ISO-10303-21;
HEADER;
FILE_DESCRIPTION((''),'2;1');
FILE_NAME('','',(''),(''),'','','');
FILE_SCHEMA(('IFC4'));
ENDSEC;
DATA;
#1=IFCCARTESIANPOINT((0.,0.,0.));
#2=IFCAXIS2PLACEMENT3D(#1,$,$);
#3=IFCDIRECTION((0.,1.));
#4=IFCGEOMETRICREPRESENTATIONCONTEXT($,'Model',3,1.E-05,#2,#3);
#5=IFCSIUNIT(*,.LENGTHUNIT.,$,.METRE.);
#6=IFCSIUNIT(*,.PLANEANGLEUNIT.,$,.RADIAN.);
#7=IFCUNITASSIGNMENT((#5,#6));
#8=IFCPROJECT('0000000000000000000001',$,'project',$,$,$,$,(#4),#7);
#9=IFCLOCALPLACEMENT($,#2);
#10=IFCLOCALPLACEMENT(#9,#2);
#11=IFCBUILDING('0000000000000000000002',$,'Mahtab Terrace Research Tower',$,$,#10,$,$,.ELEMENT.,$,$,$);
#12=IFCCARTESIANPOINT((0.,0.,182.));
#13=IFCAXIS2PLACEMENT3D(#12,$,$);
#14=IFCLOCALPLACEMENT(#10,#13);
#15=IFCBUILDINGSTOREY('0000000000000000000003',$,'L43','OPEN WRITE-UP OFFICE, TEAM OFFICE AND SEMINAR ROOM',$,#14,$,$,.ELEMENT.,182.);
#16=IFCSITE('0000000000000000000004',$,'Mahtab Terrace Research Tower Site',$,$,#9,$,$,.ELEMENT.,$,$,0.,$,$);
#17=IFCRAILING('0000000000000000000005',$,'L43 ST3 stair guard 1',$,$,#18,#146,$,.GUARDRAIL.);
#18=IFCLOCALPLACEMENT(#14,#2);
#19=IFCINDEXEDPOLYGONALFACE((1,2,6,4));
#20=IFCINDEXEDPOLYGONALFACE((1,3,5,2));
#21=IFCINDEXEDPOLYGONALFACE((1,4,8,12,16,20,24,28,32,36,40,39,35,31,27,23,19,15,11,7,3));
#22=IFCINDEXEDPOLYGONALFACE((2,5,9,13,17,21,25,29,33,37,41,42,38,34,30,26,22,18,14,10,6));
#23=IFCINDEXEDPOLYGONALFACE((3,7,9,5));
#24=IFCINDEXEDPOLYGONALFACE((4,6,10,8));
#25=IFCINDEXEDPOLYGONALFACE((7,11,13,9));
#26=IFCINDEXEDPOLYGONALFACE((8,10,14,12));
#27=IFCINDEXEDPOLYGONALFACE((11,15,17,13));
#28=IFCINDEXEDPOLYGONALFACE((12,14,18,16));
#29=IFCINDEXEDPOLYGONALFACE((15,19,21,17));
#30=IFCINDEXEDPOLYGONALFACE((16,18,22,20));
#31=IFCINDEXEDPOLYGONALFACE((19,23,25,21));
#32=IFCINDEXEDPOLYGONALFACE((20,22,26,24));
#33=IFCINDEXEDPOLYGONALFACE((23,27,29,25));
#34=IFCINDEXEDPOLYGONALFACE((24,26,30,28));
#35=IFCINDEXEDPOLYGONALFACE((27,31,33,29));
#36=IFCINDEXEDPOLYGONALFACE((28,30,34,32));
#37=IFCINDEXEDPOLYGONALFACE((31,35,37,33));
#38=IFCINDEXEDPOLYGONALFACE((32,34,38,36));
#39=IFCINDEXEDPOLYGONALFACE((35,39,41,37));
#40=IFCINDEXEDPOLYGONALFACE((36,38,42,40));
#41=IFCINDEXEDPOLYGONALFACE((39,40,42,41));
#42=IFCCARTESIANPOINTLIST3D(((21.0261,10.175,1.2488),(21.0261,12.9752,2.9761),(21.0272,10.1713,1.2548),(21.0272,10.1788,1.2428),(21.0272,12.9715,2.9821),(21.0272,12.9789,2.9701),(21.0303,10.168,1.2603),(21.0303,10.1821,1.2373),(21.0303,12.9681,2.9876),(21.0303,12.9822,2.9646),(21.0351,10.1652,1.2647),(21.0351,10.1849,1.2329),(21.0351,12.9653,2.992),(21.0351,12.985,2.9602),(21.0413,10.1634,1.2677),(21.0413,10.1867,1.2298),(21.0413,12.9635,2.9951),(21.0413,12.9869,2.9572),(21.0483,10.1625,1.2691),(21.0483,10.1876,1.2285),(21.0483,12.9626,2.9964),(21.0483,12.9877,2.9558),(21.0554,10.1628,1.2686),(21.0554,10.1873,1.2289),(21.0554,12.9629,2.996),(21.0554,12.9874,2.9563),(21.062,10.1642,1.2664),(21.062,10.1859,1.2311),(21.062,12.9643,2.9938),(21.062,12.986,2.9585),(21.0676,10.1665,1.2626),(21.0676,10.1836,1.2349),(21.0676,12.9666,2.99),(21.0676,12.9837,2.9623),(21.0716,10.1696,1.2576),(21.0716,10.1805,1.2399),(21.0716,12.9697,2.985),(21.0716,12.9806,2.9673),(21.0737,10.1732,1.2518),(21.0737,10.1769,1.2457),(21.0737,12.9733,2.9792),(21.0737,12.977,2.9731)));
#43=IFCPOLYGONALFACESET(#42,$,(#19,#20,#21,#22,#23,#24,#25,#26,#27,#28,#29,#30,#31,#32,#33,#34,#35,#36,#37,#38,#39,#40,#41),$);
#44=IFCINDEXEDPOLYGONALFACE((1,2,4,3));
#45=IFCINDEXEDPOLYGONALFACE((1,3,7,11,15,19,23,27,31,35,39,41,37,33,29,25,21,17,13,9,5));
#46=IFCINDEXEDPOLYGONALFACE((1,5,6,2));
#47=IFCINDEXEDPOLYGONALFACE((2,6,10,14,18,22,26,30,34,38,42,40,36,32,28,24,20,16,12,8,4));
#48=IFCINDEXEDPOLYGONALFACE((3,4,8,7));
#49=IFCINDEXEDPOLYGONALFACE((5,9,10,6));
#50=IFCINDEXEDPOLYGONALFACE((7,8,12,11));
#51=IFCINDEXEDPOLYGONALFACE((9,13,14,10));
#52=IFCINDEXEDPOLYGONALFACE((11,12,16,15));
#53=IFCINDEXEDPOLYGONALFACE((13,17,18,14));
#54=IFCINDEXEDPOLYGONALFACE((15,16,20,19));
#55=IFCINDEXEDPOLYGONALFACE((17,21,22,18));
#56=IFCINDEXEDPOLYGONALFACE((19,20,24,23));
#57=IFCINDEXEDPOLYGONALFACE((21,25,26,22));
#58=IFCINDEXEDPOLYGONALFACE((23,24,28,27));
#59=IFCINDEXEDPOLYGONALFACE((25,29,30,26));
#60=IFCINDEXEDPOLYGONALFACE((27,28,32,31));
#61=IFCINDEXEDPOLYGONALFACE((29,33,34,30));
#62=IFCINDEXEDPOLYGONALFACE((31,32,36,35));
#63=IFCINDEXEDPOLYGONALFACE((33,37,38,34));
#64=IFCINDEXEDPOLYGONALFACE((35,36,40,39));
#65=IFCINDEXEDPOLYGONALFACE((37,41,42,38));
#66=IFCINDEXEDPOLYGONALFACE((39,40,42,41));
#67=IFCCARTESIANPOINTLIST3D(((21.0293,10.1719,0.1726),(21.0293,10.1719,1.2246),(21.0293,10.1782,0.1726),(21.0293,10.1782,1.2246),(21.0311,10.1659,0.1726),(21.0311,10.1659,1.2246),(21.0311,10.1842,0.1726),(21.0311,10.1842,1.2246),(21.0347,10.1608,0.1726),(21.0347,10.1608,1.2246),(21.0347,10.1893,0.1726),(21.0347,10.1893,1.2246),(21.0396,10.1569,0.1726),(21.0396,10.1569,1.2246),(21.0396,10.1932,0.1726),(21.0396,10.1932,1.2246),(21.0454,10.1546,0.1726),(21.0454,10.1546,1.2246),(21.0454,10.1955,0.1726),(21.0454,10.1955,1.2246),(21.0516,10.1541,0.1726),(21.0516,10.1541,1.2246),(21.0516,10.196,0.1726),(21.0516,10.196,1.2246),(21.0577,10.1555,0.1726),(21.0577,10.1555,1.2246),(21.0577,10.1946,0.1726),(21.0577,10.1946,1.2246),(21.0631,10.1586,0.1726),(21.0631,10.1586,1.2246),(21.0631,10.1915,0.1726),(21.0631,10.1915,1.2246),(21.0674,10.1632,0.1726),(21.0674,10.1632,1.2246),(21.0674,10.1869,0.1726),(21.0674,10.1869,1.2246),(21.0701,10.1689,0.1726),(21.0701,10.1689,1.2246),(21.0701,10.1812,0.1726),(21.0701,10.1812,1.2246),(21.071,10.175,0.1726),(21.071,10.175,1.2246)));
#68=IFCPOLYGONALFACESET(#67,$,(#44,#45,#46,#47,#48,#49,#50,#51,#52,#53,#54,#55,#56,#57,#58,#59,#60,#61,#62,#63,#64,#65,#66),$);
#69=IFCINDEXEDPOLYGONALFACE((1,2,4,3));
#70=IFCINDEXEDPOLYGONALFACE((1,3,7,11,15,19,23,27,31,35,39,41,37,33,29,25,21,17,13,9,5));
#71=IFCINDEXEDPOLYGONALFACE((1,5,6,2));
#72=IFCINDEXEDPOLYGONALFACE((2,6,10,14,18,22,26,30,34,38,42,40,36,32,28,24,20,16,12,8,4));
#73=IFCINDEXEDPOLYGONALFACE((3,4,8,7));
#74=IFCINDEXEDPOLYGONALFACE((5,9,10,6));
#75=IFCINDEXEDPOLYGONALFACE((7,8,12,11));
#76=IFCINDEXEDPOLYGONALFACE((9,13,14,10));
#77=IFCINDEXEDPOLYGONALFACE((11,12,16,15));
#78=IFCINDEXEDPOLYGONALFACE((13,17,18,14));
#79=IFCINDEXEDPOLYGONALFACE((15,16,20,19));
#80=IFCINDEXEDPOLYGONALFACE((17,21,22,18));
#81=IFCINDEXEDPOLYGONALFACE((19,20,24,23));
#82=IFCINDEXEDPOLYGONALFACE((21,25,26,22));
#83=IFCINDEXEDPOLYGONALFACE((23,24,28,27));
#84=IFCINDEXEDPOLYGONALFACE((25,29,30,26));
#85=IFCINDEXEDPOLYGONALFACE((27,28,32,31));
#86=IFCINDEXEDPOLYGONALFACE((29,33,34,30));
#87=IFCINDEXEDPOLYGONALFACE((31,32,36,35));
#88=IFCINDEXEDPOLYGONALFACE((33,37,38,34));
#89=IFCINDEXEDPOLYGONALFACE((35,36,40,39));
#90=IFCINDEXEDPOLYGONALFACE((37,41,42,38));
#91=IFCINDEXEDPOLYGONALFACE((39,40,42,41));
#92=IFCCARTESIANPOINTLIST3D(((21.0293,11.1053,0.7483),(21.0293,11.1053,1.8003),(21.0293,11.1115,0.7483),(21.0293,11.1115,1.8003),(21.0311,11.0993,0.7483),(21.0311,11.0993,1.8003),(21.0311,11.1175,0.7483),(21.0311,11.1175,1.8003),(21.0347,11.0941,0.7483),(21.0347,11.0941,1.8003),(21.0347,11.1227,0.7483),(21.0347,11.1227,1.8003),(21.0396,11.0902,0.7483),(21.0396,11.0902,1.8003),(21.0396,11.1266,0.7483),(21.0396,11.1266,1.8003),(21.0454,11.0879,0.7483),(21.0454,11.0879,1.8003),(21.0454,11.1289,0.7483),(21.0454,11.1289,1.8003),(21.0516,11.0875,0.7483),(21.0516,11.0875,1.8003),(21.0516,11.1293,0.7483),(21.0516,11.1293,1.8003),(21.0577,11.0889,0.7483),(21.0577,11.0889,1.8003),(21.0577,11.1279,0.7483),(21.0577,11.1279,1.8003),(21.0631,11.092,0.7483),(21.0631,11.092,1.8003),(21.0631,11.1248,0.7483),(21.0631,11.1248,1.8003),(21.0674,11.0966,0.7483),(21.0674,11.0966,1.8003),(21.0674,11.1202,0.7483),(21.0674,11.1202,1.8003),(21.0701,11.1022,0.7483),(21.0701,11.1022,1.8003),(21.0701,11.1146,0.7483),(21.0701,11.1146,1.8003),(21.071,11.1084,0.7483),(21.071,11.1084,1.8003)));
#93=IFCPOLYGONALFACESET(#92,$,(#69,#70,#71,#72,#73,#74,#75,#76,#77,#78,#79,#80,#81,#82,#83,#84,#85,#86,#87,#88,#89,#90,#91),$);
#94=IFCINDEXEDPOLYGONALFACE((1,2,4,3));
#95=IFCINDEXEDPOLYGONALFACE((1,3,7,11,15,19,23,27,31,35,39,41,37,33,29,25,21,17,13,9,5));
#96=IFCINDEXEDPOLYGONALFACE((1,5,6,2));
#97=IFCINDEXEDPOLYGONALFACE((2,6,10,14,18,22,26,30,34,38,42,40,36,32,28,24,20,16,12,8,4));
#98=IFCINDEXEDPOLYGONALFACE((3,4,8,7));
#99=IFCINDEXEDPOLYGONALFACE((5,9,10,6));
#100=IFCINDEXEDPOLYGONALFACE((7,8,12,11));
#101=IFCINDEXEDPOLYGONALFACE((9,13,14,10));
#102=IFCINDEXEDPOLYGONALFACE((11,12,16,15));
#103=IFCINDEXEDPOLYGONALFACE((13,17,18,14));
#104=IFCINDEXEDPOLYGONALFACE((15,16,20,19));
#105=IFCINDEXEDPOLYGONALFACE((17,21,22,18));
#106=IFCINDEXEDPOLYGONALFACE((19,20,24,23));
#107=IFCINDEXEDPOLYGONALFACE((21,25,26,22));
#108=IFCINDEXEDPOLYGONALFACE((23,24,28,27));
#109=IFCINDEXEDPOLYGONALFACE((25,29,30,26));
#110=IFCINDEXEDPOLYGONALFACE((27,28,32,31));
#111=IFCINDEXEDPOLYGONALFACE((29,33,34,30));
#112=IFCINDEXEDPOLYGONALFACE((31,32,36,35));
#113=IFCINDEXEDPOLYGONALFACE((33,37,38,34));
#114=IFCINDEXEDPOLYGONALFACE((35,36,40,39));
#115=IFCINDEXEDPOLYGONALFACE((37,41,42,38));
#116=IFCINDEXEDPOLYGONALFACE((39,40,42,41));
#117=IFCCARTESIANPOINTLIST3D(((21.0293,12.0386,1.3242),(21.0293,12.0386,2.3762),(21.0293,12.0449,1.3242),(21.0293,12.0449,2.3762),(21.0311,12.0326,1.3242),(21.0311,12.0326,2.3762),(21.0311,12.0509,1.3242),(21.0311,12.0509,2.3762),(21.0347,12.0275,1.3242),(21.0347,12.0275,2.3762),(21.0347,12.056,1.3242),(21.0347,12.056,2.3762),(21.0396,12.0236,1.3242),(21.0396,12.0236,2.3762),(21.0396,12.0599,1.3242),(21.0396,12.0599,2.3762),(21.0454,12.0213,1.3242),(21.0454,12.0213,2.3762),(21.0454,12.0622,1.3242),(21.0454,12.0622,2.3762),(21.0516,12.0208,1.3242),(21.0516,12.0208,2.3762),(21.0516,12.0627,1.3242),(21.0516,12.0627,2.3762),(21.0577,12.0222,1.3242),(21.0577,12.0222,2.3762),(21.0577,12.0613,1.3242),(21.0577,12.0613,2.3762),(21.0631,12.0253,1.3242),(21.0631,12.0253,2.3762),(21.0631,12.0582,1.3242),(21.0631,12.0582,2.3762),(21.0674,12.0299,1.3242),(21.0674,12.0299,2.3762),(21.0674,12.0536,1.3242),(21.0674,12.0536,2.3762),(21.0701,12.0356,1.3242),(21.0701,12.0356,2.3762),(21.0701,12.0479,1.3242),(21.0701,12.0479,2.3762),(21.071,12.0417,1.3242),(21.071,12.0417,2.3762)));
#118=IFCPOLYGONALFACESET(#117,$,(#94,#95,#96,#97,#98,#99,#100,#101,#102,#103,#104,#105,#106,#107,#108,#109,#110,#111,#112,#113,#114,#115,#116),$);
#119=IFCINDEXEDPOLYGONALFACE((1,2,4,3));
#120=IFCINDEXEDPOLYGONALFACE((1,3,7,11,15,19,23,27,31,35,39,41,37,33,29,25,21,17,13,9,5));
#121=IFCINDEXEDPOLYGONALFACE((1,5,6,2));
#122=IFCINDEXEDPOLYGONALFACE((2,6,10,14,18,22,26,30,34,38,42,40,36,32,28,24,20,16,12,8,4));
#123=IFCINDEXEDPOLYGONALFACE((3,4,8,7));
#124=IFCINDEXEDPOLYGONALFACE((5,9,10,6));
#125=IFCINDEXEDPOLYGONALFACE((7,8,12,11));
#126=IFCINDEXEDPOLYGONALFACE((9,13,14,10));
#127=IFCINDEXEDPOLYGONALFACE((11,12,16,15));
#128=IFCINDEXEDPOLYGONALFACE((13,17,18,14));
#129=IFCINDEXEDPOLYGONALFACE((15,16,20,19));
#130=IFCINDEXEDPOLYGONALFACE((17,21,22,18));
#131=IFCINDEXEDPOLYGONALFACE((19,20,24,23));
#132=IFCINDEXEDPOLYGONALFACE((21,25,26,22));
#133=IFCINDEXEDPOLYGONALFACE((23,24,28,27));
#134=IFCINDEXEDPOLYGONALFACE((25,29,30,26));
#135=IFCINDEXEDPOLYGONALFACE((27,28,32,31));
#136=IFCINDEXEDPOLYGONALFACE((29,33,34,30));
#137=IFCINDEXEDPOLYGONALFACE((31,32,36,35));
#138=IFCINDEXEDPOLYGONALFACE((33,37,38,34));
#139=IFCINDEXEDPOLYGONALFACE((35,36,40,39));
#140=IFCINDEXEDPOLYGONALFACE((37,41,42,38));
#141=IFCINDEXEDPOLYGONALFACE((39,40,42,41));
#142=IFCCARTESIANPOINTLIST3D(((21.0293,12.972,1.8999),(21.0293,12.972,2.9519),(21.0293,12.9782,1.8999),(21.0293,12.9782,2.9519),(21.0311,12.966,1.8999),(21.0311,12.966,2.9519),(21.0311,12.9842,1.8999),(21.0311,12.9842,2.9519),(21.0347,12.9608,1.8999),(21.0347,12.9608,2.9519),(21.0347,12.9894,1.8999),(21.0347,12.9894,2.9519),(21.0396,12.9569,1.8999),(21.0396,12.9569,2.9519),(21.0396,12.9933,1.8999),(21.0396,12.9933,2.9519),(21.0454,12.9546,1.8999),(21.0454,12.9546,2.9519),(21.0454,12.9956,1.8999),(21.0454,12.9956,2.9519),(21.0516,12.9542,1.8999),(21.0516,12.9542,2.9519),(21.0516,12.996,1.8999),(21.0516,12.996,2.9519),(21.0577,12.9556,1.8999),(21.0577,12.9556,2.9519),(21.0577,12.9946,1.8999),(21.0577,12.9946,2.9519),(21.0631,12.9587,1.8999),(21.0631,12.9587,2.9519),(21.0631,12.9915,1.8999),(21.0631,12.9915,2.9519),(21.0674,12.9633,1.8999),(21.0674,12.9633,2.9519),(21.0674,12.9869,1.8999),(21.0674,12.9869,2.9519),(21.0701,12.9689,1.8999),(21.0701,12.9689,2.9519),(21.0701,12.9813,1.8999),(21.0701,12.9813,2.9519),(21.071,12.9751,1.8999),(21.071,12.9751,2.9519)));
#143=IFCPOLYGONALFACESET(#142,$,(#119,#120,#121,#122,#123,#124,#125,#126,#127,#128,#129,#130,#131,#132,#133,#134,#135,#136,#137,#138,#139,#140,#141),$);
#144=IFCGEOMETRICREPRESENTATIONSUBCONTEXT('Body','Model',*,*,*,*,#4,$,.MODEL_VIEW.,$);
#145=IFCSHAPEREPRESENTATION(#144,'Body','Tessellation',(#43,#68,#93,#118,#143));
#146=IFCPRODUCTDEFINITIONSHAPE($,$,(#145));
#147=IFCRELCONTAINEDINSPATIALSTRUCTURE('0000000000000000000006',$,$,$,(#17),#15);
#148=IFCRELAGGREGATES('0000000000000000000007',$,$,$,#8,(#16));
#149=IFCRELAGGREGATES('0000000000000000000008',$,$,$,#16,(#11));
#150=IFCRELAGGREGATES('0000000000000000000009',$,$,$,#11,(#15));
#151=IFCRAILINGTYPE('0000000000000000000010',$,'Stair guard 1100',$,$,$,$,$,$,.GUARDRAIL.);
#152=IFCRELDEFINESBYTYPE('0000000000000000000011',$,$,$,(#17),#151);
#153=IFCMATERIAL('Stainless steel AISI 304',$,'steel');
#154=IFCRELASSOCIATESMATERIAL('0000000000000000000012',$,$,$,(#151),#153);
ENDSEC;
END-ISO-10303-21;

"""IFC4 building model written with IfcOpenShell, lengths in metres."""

from ifc_helpers import new_model, si_unit, direction, frame, origin, origin_2d, place, context, subcontext, project, spatial, circle, extrude, material, type_object, element, save


model = new_model("IFC4")

# Units and contexts
model_context = context("Model", 3, precision=1e-05, world=origin(), true_north=direction((0.0, 1.0)))
body_context = subcontext(model_context, "Body", "Model", "MODEL_VIEW")
ifc_project = project(units=[si_unit("LENGTHUNIT", "METRE"), si_unit("PLANEANGLEUNIT", "RADIAN")], contexts=[model_context])

# Site, building, storey
site_placement = place(None, origin())
site = spatial("IfcSite", under=ifc_project, at=site_placement, Name="Mahtab Terrace Research Tower Site", CompositionType="ELEMENT", RefElevation=0.0)
building_placement = place(site_placement, origin())
building = spatial("IfcBuilding", under=site, at=building_placement, Name="Mahtab Terrace Research Tower", CompositionType="ELEMENT")
storey_placement = place(building_placement, frame((0.0, 0.0, 182.0)))
storey = spatial("IfcBuildingStorey", under=building, at=storey_placement, Name="L43", Description="OPEN WRITE-UP OFFICE, TEAM OFFICE AND SEMINAR ROOM", CompositionType="ELEMENT", Elevation=182.0)

# Shared definitions
ifc_material_1 = material(Name="Stainless steel AISI 304", Category="steel")

# Railing
railing_type_1 = type_object("IfcRailingType", Name="Stair guard 1100", PredefinedType="GUARDRAIL", material=ifc_material_1)
railing_1_placement = place(storey_placement, frame((21.05, 10.175, 0.1726)))
element("IfcRailing", 1, at=railing_1_placement, inside=storey, type_object=railing_type_1, Name="L43 ST3 stair guard 1", PredefinedType="GUARDRAIL", context=body_context, shape_type="SweptSolid", body=[
    extrude(circle(Radius=0.0239, at=origin_2d()), frame((0.0, 0.0, 1.0762), z_axis=(0.0, 0.85109, 0.52502), x_axis=(-1.0, 0.0, 0.0)), (0.0, 0.0, 1.0), 3.29),
    extrude(circle(Radius=0.021, at=origin_2d()), origin(), (0.0, 0.0, 1.0), 1.052),
    extrude(circle(Radius=0.021, at=origin_2d()), frame((0.0, 0.9333, 0.5757)), (0.0, 0.0, 1.0), 1.052),
    extrude(circle(Radius=0.021, at=origin_2d()), frame((0.0, 1.8667, 1.1516)), (0.0, 0.0, 1.0), 1.052),
    extrude(circle(Radius=0.021, at=origin_2d()), frame((0.0, 2.8, 1.7273)), (0.0, 0.0, 1.0), 1.052),
])

save(model, "model.ifc")
